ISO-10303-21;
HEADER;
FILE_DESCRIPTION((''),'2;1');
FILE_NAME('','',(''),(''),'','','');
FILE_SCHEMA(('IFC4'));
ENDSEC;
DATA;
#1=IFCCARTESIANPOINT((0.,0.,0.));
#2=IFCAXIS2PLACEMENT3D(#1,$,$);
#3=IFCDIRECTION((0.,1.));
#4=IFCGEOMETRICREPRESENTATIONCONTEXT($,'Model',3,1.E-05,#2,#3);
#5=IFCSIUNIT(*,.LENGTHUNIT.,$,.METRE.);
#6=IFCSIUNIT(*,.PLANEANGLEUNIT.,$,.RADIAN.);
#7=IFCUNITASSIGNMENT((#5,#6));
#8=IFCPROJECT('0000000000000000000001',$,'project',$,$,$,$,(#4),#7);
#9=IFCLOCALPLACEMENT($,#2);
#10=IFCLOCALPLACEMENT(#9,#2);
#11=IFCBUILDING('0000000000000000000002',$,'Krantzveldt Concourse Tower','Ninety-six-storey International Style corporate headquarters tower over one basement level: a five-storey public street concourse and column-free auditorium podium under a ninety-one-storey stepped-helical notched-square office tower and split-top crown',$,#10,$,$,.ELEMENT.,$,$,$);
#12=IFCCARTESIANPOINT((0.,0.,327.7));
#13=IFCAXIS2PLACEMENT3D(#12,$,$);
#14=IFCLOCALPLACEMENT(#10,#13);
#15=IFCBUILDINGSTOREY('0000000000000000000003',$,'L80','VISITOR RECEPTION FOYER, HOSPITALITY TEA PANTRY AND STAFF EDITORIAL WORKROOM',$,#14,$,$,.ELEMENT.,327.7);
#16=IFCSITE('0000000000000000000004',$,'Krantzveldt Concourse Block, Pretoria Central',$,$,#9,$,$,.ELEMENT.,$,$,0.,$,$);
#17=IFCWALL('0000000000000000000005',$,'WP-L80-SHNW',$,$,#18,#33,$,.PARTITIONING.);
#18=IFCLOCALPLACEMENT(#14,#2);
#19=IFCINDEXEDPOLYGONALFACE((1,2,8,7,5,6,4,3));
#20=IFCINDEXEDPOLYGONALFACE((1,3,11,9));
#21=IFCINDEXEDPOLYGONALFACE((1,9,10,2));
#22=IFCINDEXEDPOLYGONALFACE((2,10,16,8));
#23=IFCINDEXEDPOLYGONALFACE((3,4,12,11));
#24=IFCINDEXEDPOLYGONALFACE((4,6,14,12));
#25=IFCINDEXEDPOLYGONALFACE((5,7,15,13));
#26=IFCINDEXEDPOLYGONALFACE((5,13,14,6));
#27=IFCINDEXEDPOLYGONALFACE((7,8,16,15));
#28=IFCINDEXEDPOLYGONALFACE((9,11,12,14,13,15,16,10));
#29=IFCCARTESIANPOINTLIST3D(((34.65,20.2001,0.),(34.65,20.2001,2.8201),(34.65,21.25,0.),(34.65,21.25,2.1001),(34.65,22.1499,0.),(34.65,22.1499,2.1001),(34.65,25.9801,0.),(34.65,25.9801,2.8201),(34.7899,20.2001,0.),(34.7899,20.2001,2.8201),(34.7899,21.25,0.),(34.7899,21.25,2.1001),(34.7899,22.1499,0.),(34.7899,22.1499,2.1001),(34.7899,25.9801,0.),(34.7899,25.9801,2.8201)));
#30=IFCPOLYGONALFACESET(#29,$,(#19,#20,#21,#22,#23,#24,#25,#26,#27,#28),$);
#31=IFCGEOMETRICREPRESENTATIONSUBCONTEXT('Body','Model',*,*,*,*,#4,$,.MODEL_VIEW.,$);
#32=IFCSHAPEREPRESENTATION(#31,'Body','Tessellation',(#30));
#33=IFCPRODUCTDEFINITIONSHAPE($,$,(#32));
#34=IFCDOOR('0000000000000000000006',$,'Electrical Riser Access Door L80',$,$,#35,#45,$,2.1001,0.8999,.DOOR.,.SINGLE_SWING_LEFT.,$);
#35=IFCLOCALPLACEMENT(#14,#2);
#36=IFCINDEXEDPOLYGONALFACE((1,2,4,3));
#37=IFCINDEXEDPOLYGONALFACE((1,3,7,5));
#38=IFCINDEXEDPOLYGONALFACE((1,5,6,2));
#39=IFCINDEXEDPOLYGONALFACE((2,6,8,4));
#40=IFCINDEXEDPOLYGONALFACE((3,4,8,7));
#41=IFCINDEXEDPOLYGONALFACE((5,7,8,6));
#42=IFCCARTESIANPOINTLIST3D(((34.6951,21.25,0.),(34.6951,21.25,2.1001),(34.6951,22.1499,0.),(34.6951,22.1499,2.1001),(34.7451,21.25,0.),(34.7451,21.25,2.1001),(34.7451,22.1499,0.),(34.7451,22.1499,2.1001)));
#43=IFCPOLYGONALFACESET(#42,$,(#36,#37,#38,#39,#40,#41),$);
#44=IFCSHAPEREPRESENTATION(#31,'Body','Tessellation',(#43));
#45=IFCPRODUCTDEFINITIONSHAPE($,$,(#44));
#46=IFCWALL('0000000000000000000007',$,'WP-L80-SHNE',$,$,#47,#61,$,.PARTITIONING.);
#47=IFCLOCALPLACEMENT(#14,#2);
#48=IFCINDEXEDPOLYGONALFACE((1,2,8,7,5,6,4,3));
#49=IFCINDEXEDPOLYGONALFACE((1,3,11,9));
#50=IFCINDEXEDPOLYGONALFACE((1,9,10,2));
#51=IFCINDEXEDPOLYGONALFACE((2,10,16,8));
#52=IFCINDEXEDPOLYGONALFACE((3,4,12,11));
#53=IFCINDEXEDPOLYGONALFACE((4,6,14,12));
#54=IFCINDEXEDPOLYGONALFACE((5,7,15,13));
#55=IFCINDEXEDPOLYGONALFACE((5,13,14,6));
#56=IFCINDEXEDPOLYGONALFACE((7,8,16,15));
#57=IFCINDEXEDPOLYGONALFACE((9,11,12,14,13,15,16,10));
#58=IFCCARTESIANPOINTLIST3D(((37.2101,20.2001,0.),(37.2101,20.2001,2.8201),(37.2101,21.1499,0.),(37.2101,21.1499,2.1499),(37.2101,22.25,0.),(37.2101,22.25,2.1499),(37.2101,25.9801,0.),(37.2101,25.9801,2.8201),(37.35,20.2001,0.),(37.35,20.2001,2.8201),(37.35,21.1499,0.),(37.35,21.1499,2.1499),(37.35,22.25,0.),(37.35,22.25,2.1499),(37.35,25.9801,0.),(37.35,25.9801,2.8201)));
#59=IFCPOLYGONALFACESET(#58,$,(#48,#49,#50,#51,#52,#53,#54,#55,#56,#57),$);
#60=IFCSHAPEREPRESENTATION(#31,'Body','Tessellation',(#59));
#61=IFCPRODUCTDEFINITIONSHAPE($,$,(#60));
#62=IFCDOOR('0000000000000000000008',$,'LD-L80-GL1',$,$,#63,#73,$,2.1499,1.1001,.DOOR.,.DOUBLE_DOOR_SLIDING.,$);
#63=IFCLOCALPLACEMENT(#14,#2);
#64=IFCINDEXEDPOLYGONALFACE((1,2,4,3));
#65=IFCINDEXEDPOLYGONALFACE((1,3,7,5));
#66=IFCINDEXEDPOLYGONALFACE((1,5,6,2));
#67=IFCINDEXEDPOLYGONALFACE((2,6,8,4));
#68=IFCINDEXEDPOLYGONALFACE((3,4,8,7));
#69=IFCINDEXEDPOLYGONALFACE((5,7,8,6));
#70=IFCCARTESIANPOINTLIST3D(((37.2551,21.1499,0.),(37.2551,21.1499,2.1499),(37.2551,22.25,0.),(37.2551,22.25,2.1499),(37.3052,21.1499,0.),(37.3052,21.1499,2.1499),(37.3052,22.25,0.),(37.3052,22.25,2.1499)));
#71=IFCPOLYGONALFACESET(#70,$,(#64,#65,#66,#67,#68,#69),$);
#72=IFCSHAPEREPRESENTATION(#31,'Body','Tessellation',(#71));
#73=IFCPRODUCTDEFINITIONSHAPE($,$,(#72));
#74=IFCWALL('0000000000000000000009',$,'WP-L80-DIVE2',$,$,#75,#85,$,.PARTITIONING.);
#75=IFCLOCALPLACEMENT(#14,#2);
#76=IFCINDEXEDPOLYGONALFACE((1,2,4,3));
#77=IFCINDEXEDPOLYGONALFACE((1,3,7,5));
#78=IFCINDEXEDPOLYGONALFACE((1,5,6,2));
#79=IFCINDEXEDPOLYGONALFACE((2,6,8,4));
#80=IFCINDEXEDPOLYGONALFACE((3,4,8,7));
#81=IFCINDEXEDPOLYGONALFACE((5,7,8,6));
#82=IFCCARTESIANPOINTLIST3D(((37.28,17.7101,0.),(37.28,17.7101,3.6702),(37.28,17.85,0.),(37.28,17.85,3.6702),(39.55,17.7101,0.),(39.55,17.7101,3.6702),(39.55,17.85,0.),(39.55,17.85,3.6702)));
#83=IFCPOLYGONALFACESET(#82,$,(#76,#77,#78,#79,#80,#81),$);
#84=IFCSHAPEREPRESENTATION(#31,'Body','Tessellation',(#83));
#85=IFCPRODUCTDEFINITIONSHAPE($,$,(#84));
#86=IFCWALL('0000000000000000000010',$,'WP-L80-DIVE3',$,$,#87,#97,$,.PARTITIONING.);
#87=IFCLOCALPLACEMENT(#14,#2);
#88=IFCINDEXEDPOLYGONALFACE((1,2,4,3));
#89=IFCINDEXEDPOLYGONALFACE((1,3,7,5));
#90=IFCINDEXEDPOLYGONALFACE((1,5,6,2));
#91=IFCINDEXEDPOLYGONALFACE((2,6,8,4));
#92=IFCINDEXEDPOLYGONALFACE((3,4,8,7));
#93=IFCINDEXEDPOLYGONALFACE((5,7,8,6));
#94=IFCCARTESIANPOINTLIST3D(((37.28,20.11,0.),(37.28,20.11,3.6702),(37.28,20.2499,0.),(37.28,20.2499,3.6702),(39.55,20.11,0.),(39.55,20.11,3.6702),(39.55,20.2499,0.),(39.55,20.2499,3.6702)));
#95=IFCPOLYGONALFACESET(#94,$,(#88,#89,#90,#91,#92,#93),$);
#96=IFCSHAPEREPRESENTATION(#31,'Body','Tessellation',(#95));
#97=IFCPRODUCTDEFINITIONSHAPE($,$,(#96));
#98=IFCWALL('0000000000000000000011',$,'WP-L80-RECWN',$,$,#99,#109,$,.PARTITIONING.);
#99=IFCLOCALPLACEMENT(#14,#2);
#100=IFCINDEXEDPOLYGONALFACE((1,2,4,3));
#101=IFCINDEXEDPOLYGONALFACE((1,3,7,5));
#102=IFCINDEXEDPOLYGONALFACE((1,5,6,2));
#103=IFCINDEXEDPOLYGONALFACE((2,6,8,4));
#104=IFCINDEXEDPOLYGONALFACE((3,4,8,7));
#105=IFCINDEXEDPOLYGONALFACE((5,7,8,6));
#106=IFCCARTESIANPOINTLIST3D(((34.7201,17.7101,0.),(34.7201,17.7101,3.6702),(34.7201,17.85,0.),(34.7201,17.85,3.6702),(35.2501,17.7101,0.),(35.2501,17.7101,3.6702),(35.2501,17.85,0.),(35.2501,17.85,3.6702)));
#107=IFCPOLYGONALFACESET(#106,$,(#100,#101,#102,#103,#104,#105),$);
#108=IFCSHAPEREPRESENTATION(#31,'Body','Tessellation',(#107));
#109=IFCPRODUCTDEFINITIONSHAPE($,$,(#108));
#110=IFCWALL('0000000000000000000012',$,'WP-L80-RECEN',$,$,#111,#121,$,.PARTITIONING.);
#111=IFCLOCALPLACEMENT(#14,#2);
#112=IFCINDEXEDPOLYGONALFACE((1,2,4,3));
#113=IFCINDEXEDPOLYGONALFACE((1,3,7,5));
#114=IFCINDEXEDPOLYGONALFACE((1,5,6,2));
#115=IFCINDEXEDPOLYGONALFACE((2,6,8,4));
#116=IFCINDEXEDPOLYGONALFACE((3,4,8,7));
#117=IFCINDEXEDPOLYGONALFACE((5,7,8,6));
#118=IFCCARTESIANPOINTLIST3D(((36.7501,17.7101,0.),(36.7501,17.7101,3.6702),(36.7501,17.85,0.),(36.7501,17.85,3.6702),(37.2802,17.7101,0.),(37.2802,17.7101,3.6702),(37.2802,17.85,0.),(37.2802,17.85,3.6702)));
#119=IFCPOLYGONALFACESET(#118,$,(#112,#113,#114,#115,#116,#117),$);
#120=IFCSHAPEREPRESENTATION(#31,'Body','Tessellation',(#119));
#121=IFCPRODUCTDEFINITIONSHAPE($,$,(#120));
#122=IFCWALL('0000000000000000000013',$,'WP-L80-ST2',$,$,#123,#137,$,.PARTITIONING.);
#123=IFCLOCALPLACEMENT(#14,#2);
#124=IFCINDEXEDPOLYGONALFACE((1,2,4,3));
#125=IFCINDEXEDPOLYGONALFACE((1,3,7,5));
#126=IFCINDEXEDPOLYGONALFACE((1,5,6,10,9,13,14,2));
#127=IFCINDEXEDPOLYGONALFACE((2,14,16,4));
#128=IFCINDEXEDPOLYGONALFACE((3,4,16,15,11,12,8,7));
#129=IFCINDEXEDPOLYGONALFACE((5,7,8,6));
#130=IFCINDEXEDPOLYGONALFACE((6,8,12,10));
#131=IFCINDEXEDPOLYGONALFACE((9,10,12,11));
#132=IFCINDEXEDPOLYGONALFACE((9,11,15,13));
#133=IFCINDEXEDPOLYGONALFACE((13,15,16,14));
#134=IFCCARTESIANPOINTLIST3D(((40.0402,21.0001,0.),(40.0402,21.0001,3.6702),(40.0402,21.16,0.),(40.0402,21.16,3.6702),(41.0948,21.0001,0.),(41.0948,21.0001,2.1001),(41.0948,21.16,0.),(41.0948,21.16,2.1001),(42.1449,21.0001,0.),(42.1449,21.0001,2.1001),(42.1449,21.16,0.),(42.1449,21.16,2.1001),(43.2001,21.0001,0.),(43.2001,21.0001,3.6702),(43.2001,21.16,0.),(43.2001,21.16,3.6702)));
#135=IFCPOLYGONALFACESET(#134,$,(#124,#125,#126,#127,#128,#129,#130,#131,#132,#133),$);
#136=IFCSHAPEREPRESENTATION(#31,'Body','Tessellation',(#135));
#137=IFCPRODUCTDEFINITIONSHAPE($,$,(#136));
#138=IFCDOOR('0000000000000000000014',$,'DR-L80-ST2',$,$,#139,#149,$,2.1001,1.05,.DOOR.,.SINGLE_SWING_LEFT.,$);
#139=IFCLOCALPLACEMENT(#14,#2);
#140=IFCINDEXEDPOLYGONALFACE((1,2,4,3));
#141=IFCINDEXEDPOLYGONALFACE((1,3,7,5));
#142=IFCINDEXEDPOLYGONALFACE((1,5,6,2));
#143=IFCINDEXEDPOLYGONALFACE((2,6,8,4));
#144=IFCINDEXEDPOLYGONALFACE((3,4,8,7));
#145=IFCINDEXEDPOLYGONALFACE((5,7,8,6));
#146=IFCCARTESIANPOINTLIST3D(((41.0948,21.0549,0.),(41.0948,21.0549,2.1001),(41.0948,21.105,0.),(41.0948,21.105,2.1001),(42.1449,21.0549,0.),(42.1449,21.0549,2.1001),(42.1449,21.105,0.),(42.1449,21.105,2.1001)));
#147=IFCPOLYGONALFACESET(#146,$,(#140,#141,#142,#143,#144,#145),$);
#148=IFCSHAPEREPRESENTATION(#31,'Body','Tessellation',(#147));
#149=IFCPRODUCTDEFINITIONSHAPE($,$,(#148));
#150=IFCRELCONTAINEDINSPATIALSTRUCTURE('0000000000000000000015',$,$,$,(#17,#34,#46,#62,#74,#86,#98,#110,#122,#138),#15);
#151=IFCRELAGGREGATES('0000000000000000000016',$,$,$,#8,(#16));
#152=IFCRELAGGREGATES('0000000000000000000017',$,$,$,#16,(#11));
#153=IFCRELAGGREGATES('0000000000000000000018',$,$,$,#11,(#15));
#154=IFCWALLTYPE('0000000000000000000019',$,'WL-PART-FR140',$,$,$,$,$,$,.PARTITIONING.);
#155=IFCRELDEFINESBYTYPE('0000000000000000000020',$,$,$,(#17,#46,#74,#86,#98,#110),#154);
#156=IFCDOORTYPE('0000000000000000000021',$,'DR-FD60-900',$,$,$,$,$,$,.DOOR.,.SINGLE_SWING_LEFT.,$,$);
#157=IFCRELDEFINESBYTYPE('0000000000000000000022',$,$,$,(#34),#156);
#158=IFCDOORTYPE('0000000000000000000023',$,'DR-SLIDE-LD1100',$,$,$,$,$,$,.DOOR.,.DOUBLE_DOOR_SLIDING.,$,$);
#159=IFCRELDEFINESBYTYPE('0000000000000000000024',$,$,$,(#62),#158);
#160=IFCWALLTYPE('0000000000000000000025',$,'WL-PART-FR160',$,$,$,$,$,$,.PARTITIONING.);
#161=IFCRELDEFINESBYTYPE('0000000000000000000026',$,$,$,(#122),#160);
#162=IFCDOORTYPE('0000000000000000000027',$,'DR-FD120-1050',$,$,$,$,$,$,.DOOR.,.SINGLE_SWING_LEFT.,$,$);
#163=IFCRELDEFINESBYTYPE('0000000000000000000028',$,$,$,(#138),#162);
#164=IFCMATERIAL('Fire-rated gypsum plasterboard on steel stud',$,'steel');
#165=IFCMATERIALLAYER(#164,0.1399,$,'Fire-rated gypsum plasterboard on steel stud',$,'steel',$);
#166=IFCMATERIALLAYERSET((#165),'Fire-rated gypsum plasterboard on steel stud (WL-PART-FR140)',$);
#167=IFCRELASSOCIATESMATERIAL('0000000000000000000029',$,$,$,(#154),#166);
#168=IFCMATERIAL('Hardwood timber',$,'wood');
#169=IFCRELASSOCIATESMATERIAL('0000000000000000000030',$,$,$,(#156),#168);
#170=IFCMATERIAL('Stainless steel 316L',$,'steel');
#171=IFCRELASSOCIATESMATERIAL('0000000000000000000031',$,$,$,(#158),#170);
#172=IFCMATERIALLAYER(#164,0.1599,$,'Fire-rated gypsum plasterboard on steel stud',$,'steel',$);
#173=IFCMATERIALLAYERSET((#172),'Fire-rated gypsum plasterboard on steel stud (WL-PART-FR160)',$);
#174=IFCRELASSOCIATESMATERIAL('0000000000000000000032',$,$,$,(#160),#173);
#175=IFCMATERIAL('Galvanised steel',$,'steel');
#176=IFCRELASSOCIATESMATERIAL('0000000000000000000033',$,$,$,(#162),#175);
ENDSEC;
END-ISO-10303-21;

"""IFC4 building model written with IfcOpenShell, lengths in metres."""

from ifc_helpers import new_model, si_unit, direction, frame, frame_2d, origin, place, context, subcontext, project, spatial, rectangle, extrude, material, layer, layer_set, type_object, element, fill, save


model = new_model("IFC4")

# Units and contexts
model_context = context("Model", 3, precision=1e-05, world=origin(), true_north=direction((0.0, 1.0)))
body_context = subcontext(model_context, "Body", "Model", "MODEL_VIEW")
ifc_project = project(units=[si_unit("LENGTHUNIT", "METRE"), si_unit("PLANEANGLEUNIT", "RADIAN")], contexts=[model_context])

# Site, building, storey
site_placement = place(None, origin())
site = spatial("IfcSite", under=ifc_project, at=site_placement, Name="Krantzveldt Concourse Block, Pretoria Central", CompositionType="ELEMENT", RefElevation=0.0)
building_placement = place(site_placement, origin())
building = spatial("IfcBuilding", under=site, at=building_placement, Name="Krantzveldt Concourse Tower", Description="Ninety-six-storey International Style corporate headquarters tower over one basement level: a five-storey public street concourse and column-free auditorium podium under a ninety-one-storey stepped-helical notched-square office tower and split-top crown", CompositionType="ELEMENT")
storey_placement = place(building_placement, frame((0.0, 0.0, 327.7)))
storey = spatial("IfcBuildingStorey", under=building, at=storey_placement, Name="L80", Description="VISITOR RECEPTION FOYER, HOSPITALITY TEA PANTRY AND STAFF EDITORIAL WORKROOM", CompositionType="ELEMENT", Elevation=327.7)

# Walls, openings, doors
ifc_material_1 = material(Name="Fire-rated gypsum plasterboard on steel stud", Category="steel")
ifc_layer_1 = layer(ifc_material_1, 0.1399, Name="Fire-rated gypsum plasterboard on steel stud", Category="steel")
ifc_layer_set_1 = layer_set([ifc_layer_1], Name="Fire-rated gypsum plasterboard on steel stud (WL-PART-FR140)")
wall_type_1 = type_object("IfcWallType", Name="WL-PART-FR140", PredefinedType="PARTITIONING", material=ifc_layer_set_1)
wall_1_placement = place(storey_placement, frame((34.72, 20.2, 0.0), z_axis=(0.0, 0.0, 1.0), x_axis=(0.0, 1.0, 0.0)))
wall_1 = element("IfcWall", 1, at=wall_1_placement, inside=storey, type_object=wall_type_1, Name="WP-L80-SHNW", PredefinedType="PARTITIONING", context=body_context, shape_type="SweptSolid", body=[
    extrude(rectangle(XDim=5.78, YDim=0.1399, at=frame_2d((2.8901, 0.0))), origin(), (0.0, 0.0, 1.0), 2.8201),
])
opening_1_placement = place(wall_1_placement, frame((1.05, 0.0, 0.0)))
opening_1 = element("IfcOpeningElement", 2, at=opening_1_placement, cuts=wall_1, PredefinedType="OPENING", context=body_context, shape_type="SweptSolid", body=[
    extrude(rectangle(XDim=0.8999, YDim=2.1001, at=frame_2d((0.45, 1.05))), frame((0.0, 0.0801, 0.0), z_axis=(0.0, -1.0, 0.0), x_axis=(1.0, 0.0, 0.0)), (0.0, 0.0, 1.0), 0.1599),
])
ifc_material_2 = material(Name="Hardwood timber", Category="wood")
door_type_1 = type_object("IfcDoorType", Name="DR-FD60-900", OperationType="SINGLE_SWING_LEFT", PredefinedType="DOOR", material=ifc_material_2)
door_1_placement = place(opening_1_placement, origin())
door_1 = element("IfcDoor", 3, at=door_1_placement, inside=storey, type_object=door_type_1, Name="Electrical Riser Access Door L80", OperationType="SINGLE_SWING_LEFT", OverallHeight=2.1001, OverallWidth=0.8999, PredefinedType="DOOR", context=body_context, shape_type="SweptSolid", body=[
    extrude(rectangle(XDim=0.8999, YDim=2.1001, at=frame_2d((0.45, 1.05))), frame((0.0, 0.0249, 0.0), z_axis=(0.0, -1.0, 0.0), x_axis=(1.0, 0.0, 0.0)), (0.0, 0.0, 1.0), 0.05),
])
fill(opening_1, door_1)
wall_2_placement = place(storey_placement, frame((37.28, 20.2, 0.0), z_axis=(0.0, 0.0, 1.0), x_axis=(0.0, 1.0, 0.0)))
wall_2 = element("IfcWall", 4, at=wall_2_placement, inside=storey, type_object=wall_type_1, Name="WP-L80-SHNE", PredefinedType="PARTITIONING", context=body_context, shape_type="SweptSolid", body=[
    extrude(rectangle(XDim=5.78, YDim=0.1399, at=frame_2d((2.8901, 0.0))), origin(), (0.0, 0.0, 1.0), 2.8201),
])
opening_2_placement = place(wall_2_placement, frame((0.95, 0.0, 0.0)))
opening_2 = element("IfcOpeningElement", 5, at=opening_2_placement, cuts=wall_2, PredefinedType="OPENING", context=body_context, shape_type="SweptSolid", body=[
    extrude(rectangle(XDim=1.1001, YDim=2.1499, at=frame_2d((0.55, 1.075))), frame((0.0, 0.0801, 0.0), z_axis=(0.0, -1.0, 0.0), x_axis=(1.0, 0.0, 0.0)), (0.0, 0.0, 1.0), 0.1599),
])
ifc_material_3 = material(Name="Stainless steel 316L", Category="steel")
door_type_2 = type_object("IfcDoorType", Name="DR-SLIDE-LD1100", OperationType="DOUBLE_DOOR_SLIDING", PredefinedType="DOOR", material=ifc_material_3)
door_2_placement = place(opening_2_placement, origin())
door_2 = element("IfcDoor", 6, at=door_2_placement, inside=storey, type_object=door_type_2, Name="LD-L80-GL1", OperationType="DOUBLE_DOOR_SLIDING", OverallHeight=2.1499, OverallWidth=1.1001, PredefinedType="DOOR", context=body_context, shape_type="SweptSolid", body=[
    extrude(rectangle(XDim=1.1001, YDim=2.1499, at=frame_2d((0.55, 1.075))), frame((0.0, 0.0249, 0.0), z_axis=(0.0, -1.0, 0.0), x_axis=(1.0, 0.0, 0.0)), (0.0, 0.0, 1.0), 0.05),
])
fill(opening_2, door_2)

# Walls
for number, where, z_axis, x_axis, name in (
    (7, (37.28, 17.78, 0.0), (0.0, 0.0, 1.0), (1.0, 0.0, 0.0), "WP-L80-DIVE2"),
    (8, (37.28, 20.1799, 0.0), (0.0, 0.0, 1.0), (1.0, 0.0, 0.0), "WP-L80-DIVE3"),
):
    element("IfcWall", number, at=place(storey_placement, frame(where, z_axis=z_axis, x_axis=x_axis)), inside=storey, type_object=wall_type_1, Name=name, PredefinedType="PARTITIONING", context=body_context, shape_type="SweptSolid", body=[
        extrude(rectangle(XDim=2.27, YDim=0.1399, at=frame_2d((1.135, 0.0))), origin(), (0.0, 0.0, 1.0), 3.6702),
    ])
for number, where, z_axis, x_axis, name in (
    (9, (34.72, 17.78, 0.0), (0.0, 0.0, 1.0), (1.0, 0.0, 0.0), "WP-L80-RECWN"),
    (10, (36.75, 17.78, 0.0), (0.0, 0.0, 1.0), (1.0, 0.0, 0.0), "WP-L80-RECEN"),
):
    element("IfcWall", number, at=place(storey_placement, frame(where, z_axis=z_axis, x_axis=x_axis)), inside=storey, type_object=wall_type_1, Name=name, PredefinedType="PARTITIONING", context=body_context, shape_type="SweptSolid", body=[
        extrude(rectangle(XDim=0.53, YDim=0.1399, at=frame_2d((0.2651, 0.0))), origin(), (0.0, 0.0, 1.0), 3.6702),
    ])

# Wall, opening, door
ifc_layer_2 = layer(ifc_material_1, 0.1599, Name="Fire-rated gypsum plasterboard on steel stud", Category="steel")
ifc_layer_set_2 = layer_set([ifc_layer_2], Name="Fire-rated gypsum plasterboard on steel stud (WL-PART-FR160)")
wall_type_2 = type_object("IfcWallType", Name="WL-PART-FR160", PredefinedType="PARTITIONING", material=ifc_layer_set_2)
wall_3_placement = place(storey_placement, frame((40.04, 21.0801, 0.0), z_axis=(0.0, 0.0, 1.0), x_axis=(1.0, 0.0, 0.0)))
wall_3 = element("IfcWall", 11, at=wall_3_placement, inside=storey, type_object=wall_type_2, Name="WP-L80-ST2", PredefinedType="PARTITIONING", context=body_context, shape_type="SweptSolid", body=[
    extrude(rectangle(XDim=3.1599, YDim=0.1599, at=frame_2d((1.5801, 0.0))), origin(), (0.0, 0.0, 1.0), 3.6702),
])
opening_3_placement = place(wall_3_placement, frame((1.0549, 0.0, 0.0)))
opening_3 = element("IfcOpeningElement", 12, at=opening_3_placement, cuts=wall_3, PredefinedType="OPENING", context=body_context, shape_type="SweptSolid", body=[
    extrude(rectangle(XDim=1.05, YDim=2.1001, at=frame_2d((0.5249, 1.05))), frame((0.0, 0.0898, 0.0), z_axis=(0.0, -1.0, 0.0), x_axis=(1.0, 0.0, 0.0)), (0.0, 0.0, 1.0), 0.1799),
])
ifc_material_4 = material(Name="Galvanised steel", Category="steel")
door_type_3 = type_object("IfcDoorType", Name="DR-FD120-1050", OperationType="SINGLE_SWING_LEFT", PredefinedType="DOOR", material=ifc_material_4)
door_3_placement = place(opening_3_placement, origin())
door_3 = element("IfcDoor", 13, at=door_3_placement, inside=storey, type_object=door_type_3, Name="DR-L80-ST2", OperationType="SINGLE_SWING_LEFT", OverallHeight=2.1001, OverallWidth=1.05, PredefinedType="DOOR", context=body_context, shape_type="SweptSolid", body=[
    extrude(rectangle(XDim=1.05, YDim=2.1001, at=frame_2d((0.5249, 1.05))), frame((0.0, 0.0249, 0.0), z_axis=(0.0, -1.0, 0.0), x_axis=(1.0, 0.0, 0.0)), (0.0, 0.0, 1.0), 0.05),
])
fill(opening_3, door_3)

save(model, "model.ifc")
